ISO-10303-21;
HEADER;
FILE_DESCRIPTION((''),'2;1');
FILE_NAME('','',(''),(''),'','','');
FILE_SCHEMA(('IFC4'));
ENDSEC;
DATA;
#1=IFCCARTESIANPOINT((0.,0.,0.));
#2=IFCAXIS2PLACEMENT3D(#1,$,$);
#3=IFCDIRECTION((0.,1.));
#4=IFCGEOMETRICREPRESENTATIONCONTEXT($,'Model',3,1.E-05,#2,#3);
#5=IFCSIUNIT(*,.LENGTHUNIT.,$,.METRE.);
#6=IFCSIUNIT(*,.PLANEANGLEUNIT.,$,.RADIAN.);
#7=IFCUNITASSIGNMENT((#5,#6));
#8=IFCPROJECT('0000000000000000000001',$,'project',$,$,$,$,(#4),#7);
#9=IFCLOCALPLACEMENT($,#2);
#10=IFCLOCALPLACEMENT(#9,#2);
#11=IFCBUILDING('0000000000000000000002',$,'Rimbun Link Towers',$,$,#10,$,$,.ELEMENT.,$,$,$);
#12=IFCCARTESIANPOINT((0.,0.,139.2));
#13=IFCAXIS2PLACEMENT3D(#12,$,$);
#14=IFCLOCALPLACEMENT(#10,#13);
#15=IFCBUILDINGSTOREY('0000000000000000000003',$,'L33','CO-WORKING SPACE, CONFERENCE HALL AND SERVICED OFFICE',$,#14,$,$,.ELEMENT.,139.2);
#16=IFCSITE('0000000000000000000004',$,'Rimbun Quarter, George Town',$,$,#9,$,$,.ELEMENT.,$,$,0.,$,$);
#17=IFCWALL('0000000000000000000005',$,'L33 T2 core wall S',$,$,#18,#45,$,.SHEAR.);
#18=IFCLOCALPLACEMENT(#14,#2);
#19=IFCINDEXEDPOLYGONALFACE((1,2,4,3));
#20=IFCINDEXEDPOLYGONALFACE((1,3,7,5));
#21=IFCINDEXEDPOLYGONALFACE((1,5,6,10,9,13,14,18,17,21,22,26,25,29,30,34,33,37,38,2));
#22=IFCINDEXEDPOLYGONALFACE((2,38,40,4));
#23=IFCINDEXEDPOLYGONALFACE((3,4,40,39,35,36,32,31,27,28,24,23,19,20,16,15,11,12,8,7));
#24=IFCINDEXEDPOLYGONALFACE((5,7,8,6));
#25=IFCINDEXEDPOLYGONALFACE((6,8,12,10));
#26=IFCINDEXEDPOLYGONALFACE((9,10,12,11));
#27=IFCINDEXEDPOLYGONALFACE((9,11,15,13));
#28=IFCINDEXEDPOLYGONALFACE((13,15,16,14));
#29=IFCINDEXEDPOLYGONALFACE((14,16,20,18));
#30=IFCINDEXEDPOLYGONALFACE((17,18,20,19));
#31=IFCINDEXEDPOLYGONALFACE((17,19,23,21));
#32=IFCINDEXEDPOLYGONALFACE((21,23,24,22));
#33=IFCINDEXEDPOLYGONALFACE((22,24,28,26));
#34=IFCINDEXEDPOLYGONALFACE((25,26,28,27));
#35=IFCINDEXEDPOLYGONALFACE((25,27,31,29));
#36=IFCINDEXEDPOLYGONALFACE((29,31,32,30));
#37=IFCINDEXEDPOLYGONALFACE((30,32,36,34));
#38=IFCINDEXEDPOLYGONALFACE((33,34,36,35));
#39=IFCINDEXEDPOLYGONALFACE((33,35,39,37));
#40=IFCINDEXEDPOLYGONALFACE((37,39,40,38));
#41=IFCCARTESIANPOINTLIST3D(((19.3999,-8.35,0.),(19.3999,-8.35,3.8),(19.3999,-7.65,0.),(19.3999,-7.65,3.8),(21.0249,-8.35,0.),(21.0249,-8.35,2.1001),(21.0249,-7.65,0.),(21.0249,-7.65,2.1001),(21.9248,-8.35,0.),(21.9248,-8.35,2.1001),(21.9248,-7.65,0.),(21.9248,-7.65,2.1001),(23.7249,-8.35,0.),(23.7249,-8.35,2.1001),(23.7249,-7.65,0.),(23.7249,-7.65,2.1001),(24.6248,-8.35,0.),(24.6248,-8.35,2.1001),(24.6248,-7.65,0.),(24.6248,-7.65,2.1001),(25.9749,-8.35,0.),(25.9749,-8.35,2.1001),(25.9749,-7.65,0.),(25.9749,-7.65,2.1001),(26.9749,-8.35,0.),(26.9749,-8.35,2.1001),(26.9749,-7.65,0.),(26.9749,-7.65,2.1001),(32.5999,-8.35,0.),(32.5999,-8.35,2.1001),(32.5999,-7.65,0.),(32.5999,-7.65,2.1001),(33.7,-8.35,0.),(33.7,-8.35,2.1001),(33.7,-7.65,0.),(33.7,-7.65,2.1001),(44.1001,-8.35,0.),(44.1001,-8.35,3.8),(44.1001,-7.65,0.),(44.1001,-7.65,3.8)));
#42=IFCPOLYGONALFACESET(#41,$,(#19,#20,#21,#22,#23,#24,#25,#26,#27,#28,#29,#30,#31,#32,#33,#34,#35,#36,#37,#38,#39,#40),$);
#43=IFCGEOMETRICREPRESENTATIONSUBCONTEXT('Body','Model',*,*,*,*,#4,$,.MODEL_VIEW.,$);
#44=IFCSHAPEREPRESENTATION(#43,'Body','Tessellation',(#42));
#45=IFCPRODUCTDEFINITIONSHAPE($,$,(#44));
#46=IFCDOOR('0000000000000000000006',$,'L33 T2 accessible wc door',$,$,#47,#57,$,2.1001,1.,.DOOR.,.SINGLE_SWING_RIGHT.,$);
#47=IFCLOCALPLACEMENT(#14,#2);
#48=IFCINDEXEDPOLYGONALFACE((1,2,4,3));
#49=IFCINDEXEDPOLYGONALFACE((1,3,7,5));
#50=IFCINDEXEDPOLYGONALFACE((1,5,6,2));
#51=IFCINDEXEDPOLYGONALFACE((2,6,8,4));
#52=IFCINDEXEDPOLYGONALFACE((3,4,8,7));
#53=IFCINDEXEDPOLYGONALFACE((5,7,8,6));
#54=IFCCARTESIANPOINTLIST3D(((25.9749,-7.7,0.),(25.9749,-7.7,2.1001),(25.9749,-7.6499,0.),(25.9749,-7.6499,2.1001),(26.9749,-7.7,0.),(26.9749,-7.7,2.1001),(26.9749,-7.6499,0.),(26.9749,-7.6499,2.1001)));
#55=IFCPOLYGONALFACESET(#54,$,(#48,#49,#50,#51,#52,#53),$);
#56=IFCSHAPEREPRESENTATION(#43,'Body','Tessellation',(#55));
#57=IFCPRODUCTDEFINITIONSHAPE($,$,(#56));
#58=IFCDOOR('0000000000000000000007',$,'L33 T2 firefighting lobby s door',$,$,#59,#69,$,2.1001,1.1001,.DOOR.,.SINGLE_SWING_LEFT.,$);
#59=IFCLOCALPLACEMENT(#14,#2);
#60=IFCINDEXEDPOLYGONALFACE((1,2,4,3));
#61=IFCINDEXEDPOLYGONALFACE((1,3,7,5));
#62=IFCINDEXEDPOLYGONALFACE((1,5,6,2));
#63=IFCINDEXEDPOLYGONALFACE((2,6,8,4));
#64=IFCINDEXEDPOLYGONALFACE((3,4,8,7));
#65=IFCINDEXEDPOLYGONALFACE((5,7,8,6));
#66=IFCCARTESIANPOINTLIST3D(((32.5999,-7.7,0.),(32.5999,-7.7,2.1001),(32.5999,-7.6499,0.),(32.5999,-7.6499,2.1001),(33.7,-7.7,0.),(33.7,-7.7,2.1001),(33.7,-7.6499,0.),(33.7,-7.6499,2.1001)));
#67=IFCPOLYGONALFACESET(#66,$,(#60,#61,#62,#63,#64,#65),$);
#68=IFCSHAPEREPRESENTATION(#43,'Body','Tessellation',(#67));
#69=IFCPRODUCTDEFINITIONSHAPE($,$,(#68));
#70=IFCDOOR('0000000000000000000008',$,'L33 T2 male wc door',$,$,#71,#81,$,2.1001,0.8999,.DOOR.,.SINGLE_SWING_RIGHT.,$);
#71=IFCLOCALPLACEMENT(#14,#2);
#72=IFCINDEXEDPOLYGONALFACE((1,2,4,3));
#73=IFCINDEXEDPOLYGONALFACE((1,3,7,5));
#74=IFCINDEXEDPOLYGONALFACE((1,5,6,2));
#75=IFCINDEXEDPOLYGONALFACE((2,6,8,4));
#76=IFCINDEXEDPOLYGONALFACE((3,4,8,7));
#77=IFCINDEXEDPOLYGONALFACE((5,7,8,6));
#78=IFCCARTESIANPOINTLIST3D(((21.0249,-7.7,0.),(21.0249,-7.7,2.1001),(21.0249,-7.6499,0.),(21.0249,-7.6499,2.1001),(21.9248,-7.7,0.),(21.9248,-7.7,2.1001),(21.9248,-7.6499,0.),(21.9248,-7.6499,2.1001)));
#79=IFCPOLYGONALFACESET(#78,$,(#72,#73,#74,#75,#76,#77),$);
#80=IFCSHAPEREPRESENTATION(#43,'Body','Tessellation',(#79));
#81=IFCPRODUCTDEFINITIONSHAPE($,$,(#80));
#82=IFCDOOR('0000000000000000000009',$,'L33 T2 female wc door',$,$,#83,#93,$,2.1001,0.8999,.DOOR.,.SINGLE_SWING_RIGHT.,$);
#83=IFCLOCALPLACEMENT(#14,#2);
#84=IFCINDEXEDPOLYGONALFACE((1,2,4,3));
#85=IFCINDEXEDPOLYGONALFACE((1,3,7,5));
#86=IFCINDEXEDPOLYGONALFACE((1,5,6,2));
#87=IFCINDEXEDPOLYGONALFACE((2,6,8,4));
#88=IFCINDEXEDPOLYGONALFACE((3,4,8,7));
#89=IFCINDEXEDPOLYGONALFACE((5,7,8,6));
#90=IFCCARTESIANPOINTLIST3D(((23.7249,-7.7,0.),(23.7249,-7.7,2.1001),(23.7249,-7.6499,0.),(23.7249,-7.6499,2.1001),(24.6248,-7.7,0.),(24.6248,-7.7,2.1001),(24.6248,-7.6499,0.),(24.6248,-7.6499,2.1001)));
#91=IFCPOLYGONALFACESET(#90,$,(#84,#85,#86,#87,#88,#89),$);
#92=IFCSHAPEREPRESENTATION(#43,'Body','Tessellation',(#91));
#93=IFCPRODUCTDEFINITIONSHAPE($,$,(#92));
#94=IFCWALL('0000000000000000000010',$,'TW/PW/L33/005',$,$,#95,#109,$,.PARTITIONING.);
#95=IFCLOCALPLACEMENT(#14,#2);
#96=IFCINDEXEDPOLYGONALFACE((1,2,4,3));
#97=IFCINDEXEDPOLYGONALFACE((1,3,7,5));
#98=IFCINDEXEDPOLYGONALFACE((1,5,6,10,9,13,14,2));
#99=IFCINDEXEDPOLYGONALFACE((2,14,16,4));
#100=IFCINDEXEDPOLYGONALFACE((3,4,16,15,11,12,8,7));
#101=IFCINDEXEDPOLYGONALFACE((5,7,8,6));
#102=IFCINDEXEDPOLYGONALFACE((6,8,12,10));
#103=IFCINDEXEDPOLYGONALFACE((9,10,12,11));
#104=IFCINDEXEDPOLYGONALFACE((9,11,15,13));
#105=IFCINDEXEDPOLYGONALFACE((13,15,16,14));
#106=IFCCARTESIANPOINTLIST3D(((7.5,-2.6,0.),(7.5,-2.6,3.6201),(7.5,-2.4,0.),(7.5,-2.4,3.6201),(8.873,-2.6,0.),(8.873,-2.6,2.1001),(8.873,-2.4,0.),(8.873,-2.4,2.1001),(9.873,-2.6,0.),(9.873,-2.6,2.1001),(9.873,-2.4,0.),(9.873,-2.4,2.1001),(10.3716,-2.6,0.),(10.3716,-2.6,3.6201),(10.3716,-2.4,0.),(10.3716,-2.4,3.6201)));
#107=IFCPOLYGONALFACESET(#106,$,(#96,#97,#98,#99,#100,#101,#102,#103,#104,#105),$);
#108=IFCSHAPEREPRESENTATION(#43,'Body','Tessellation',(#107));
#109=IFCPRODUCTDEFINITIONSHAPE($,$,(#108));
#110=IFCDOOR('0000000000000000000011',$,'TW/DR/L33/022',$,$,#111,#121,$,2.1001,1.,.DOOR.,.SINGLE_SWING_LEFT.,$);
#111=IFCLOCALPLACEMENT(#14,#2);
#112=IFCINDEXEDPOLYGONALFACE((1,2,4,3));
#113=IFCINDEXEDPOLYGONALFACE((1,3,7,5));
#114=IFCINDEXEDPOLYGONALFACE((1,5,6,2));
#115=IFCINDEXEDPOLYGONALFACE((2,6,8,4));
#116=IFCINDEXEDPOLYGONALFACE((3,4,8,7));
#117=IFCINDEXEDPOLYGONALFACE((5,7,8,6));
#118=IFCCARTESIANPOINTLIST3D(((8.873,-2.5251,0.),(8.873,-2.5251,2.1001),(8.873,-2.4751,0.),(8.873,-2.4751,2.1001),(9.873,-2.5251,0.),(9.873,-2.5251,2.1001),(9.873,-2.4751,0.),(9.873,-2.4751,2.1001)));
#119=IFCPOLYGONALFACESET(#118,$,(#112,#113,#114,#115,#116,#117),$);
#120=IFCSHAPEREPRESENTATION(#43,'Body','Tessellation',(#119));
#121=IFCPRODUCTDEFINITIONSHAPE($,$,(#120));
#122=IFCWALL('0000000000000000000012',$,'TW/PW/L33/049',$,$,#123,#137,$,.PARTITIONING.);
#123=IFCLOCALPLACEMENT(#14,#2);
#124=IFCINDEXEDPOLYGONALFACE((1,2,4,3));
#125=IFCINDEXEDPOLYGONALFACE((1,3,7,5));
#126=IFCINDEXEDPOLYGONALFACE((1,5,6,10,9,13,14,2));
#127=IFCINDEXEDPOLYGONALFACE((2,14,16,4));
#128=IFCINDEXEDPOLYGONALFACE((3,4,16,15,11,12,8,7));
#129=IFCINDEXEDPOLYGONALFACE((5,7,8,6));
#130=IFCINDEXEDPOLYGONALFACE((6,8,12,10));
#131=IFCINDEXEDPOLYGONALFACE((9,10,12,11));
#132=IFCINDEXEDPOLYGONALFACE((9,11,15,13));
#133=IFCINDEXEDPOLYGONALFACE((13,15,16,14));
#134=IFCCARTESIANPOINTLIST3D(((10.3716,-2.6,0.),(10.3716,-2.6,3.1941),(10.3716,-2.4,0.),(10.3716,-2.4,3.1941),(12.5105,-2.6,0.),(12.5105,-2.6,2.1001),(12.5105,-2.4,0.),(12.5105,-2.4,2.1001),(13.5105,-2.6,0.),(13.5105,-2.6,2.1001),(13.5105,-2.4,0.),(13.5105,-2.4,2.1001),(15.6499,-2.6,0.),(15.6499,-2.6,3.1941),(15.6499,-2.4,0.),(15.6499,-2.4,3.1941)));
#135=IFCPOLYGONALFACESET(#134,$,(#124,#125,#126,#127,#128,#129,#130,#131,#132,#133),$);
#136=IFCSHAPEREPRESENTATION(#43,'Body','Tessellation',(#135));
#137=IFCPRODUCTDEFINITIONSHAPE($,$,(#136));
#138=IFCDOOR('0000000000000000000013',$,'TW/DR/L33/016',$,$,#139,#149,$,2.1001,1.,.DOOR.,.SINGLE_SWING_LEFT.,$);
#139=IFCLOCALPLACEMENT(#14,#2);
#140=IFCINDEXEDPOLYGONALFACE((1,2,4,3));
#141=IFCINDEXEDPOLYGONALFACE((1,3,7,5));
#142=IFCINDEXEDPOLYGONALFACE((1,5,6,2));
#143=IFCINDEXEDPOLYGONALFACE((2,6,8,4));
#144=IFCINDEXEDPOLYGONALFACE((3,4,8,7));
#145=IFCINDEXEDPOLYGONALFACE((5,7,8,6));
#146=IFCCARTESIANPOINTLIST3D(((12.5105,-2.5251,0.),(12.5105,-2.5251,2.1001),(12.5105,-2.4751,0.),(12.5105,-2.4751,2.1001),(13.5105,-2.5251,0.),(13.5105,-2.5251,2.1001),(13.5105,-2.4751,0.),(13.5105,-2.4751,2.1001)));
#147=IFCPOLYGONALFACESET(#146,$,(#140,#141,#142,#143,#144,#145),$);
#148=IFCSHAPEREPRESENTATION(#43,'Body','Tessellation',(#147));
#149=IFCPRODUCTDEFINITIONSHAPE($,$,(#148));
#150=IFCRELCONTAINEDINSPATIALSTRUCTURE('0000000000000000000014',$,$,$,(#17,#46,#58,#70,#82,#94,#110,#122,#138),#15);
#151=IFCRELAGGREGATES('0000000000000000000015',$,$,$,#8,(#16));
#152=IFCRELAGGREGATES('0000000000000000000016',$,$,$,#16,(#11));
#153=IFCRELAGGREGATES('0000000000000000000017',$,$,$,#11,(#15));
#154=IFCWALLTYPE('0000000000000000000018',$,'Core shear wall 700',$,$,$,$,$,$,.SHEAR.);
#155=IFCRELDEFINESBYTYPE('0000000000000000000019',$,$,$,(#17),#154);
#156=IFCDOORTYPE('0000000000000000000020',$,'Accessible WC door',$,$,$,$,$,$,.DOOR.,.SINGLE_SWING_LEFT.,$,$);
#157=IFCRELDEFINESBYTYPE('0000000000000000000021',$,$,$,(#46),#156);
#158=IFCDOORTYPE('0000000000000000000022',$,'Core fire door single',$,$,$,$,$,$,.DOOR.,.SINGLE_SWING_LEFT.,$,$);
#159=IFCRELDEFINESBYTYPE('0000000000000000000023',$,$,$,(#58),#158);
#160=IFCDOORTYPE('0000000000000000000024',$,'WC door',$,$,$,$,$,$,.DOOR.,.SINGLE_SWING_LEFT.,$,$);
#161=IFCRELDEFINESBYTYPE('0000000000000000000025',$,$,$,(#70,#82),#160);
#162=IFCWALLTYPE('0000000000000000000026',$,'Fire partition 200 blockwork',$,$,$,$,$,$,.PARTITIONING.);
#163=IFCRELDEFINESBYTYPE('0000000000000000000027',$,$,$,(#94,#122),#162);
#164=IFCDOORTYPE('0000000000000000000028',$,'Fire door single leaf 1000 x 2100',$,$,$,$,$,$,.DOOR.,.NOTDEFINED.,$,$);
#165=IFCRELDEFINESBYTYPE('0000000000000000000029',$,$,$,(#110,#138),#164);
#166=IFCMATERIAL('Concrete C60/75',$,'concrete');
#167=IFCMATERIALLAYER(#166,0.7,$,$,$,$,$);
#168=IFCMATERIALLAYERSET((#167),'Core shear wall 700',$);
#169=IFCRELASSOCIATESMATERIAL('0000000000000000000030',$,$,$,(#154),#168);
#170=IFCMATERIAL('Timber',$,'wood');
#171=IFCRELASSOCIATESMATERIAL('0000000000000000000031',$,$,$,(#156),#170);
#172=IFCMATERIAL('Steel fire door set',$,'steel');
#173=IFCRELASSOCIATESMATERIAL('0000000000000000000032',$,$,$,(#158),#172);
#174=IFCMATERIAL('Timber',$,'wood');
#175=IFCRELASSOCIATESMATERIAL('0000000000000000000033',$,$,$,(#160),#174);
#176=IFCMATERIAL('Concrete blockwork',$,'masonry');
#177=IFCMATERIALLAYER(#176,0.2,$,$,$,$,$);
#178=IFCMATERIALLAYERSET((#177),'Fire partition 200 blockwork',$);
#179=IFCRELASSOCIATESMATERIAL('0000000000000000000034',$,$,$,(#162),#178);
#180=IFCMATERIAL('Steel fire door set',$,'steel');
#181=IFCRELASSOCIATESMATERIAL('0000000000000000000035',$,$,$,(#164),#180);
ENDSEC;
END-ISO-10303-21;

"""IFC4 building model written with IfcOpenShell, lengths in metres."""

from ifc_helpers import new_model, si_unit, direction, frame, frame_2d, origin, place, context, subcontext, project, spatial, rectangle, extrude, material, layer, layer_set, type_object, element, fill, save


model = new_model("IFC4")

# Units and contexts
model_context = context("Model", 3, precision=1e-05, world=origin(), true_north=direction((0.0, 1.0)))
body_context = subcontext(model_context, "Body", "Model", "MODEL_VIEW")
ifc_project = project(units=[si_unit("LENGTHUNIT", "METRE"), si_unit("PLANEANGLEUNIT", "RADIAN")], contexts=[model_context])

# Site, building, storey
site_placement = place(None, origin())
site = spatial("IfcSite", under=ifc_project, at=site_placement, Name="Rimbun Quarter, George Town", CompositionType="ELEMENT", RefElevation=0.0)
building_placement = place(site_placement, origin())
building = spatial("IfcBuilding", under=site, at=building_placement, Name="Rimbun Link Towers", CompositionType="ELEMENT")
storey_placement = place(building_placement, frame((0.0, 0.0, 139.2)))
storey = spatial("IfcBuildingStorey", under=building, at=storey_placement, Name="L33", Description="CO-WORKING SPACE, CONFERENCE HALL AND SERVICED OFFICE", CompositionType="ELEMENT", Elevation=139.2)

# Wall, openings, doors
ifc_material_1 = material(Name="Concrete C60/75", Category="concrete")
ifc_layer_1 = layer(ifc_material_1, 0.7)
ifc_layer_set_1 = layer_set([ifc_layer_1], Name="Core shear wall 700")
wall_type_1 = type_object("IfcWallType", Name="Core shear wall 700", PredefinedType="SHEAR", material=ifc_layer_set_1)
wall_1_placement = place(storey_placement, frame((19.3999, -8.0, 0.0), z_axis=(0.0, 0.0, 1.0), x_axis=(1.0, 0.0, 0.0)))
wall_1 = element("IfcWall", 1, at=wall_1_placement, inside=storey, type_object=wall_type_1, Name="L33 T2 core wall S", PredefinedType="SHEAR", context=body_context, shape_type="SweptSolid", body=[
    extrude(rectangle(XDim=24.7002, YDim=0.7, at=frame_2d((12.3501, 0.0))), origin(), (0.0, 0.0, 1.0), 3.8),
])
opening_1_placement = place(wall_1_placement, frame((13.2, 0.0, 0.0)))
opening_1 = element("IfcOpeningElement", 2, at=opening_1_placement, cuts=wall_1, PredefinedType="OPENING", context=body_context, shape_type="SweptSolid", body=[
    extrude(rectangle(XDim=1.1001, YDim=2.1001, at=frame_2d((0.55, 1.05))), frame((0.0, 0.3599, 0.0), z_axis=(0.0, -1.0, 0.0), x_axis=(1.0, 0.0, 0.0)), (0.0, 0.0, 1.0), 0.72),
])
opening_2_placement = place(wall_1_placement, frame((1.625, 0.0, 0.0)))
opening_2 = element("IfcOpeningElement", 3, at=opening_2_placement, cuts=wall_1, PredefinedType="OPENING", context=body_context, shape_type="SweptSolid", body=[
    extrude(rectangle(XDim=0.8999, YDim=2.1001, at=frame_2d((0.45, 1.05))), frame((0.0, 0.3599, 0.0), z_axis=(0.0, -1.0, 0.0), x_axis=(1.0, 0.0, 0.0)), (0.0, 0.0, 1.0), 0.72),
])
opening_3_placement = place(wall_1_placement, frame((4.325, 0.0, 0.0)))
opening_3 = element("IfcOpeningElement", 4, at=opening_3_placement, cuts=wall_1, PredefinedType="OPENING", context=body_context, shape_type="SweptSolid", body=[
    extrude(rectangle(XDim=0.8999, YDim=2.1001, at=frame_2d((0.45, 1.05))), frame((0.0, 0.3599, 0.0), z_axis=(0.0, -1.0, 0.0), x_axis=(1.0, 0.0, 0.0)), (0.0, 0.0, 1.0), 0.72),
])
opening_4_placement = place(wall_1_placement, frame((6.575, 0.0, 0.0)))
opening_4 = element("IfcOpeningElement", 5, at=opening_4_placement, cuts=wall_1, PredefinedType="OPENING", context=body_context, shape_type="SweptSolid", body=[
    extrude(rectangle(XDim=1.0, YDim=2.1001, at=frame_2d((0.5, 1.05))), frame((0.0, 0.3599, 0.0), z_axis=(0.0, -1.0, 0.0), x_axis=(1.0, 0.0, 0.0)), (0.0, 0.0, 1.0), 0.72),
])
ifc_material_2 = material(Name="Timber", Category="wood")
door_type_1 = type_object("IfcDoorType", Name="Accessible WC door", OperationType="SINGLE_SWING_LEFT", PredefinedType="DOOR", material=ifc_material_2)
door_1_placement = place(opening_4_placement, origin())
door_1 = element("IfcDoor", 6, at=door_1_placement, inside=storey, type_object=door_type_1, Name="L33 T2 accessible wc door", OperationType="SINGLE_SWING_RIGHT", OverallHeight=2.1001, OverallWidth=1.0, PredefinedType="DOOR", context=body_context, shape_type="SweptSolid", body=[
    extrude(rectangle(XDim=1.0, YDim=2.1001, at=frame_2d((0.5, 1.05))), frame((0.0, 0.3501, 0.0), z_axis=(0.0, -1.0, 0.0), x_axis=(1.0, 0.0, 0.0)), (0.0, 0.0, 1.0), 0.05),
])
fill(opening_4, door_1)
ifc_material_3 = material(Name="Steel fire door set", Category="steel")
door_type_2 = type_object("IfcDoorType", Name="Core fire door single", OperationType="SINGLE_SWING_LEFT", PredefinedType="DOOR", material=ifc_material_3)
door_2_placement = place(opening_1_placement, origin())
door_2 = element("IfcDoor", 7, at=door_2_placement, inside=storey, type_object=door_type_2, Name="L33 T2 firefighting lobby s door", OperationType="SINGLE_SWING_LEFT", OverallHeight=2.1001, OverallWidth=1.1001, PredefinedType="DOOR", context=body_context, shape_type="SweptSolid", body=[
    extrude(rectangle(XDim=1.1001, YDim=2.1001, at=frame_2d((0.55, 1.05))), frame((0.0, 0.3501, 0.0), z_axis=(0.0, -1.0, 0.0), x_axis=(1.0, 0.0, 0.0)), (0.0, 0.0, 1.0), 0.05),
])
fill(opening_1, door_2)
ifc_material_4 = material(Name="Timber", Category="wood")
door_type_3 = type_object("IfcDoorType", Name="WC door", OperationType="SINGLE_SWING_LEFT", PredefinedType="DOOR", material=ifc_material_4)
door_3_placement = place(opening_2_placement, origin())
door_3 = element("IfcDoor", 8, at=door_3_placement, inside=storey, type_object=door_type_3, Name="L33 T2 male wc door", OperationType="SINGLE_SWING_RIGHT", OverallHeight=2.1001, OverallWidth=0.8999, PredefinedType="DOOR", context=body_context, shape_type="SweptSolid", body=[
    extrude(rectangle(XDim=0.8999, YDim=2.1001, at=frame_2d((0.45, 1.05))), frame((0.0, 0.3501, 0.0), z_axis=(0.0, -1.0, 0.0), x_axis=(1.0, 0.0, 0.0)), (0.0, 0.0, 1.0), 0.05),
])
fill(opening_2, door_3)
door_4_placement = place(opening_3_placement, origin())
door_4 = element("IfcDoor", 9, at=door_4_placement, inside=storey, type_object=door_type_3, Name="L33 T2 female wc door", OperationType="SINGLE_SWING_RIGHT", OverallHeight=2.1001, OverallWidth=0.8999, PredefinedType="DOOR", context=body_context, shape_type="SweptSolid", body=[
    extrude(rectangle(XDim=0.8999, YDim=2.1001, at=frame_2d((0.45, 1.05))), frame((0.0, 0.3501, 0.0), z_axis=(0.0, -1.0, 0.0), x_axis=(1.0, 0.0, 0.0)), (0.0, 0.0, 1.0), 0.05),
])
fill(opening_3, door_4)

# Walls, openings, doors
ifc_material_5 = material(Name="Concrete blockwork", Category="masonry")
ifc_layer_2 = layer(ifc_material_5, 0.2)
ifc_layer_set_2 = layer_set([ifc_layer_2], Name="Fire partition 200 blockwork")
wall_type_2 = type_object("IfcWallType", Name="Fire partition 200 blockwork", PredefinedType="PARTITIONING", material=ifc_layer_set_2)
wall_2_placement = place(storey_placement, frame((7.5, -2.5, 0.0), z_axis=(0.0, 0.0, 1.0), x_axis=(1.0, 0.0, 0.0)))
wall_2 = element("IfcWall", 10, at=wall_2_placement, inside=storey, type_object=wall_type_2, Name="TW/PW/L33/005", PredefinedType="PARTITIONING", context=body_context, shape_type="SweptSolid", body=[
    extrude(rectangle(XDim=2.8716, YDim=0.2, at=frame_2d((1.4358, 0.0))), origin(), (0.0, 0.0, 1.0), 3.6201),
])
opening_5_placement = place(wall_2_placement, frame((1.373, 0.0, 0.0)))
opening_5 = element("IfcOpeningElement", 11, at=opening_5_placement, cuts=wall_2, PredefinedType="OPENING", context=body_context, shape_type="SweptSolid", body=[
    extrude(rectangle(XDim=1.0, YDim=2.1001, at=frame_2d((0.5, 1.05))), frame((0.0, 0.1099, 0.0), z_axis=(0.0, -1.0, 0.0), x_axis=(1.0, 0.0, 0.0)), (0.0, 0.0, 1.0), 0.22),
])
ifc_material_6 = material(Name="Steel fire door set", Category="steel")
door_type_4 = type_object("IfcDoorType", Name="Fire door single leaf 1000 x 2100", OperationType="NOTDEFINED", PredefinedType="DOOR", material=ifc_material_6)
door_5_placement = place(opening_5_placement, origin())
door_5 = element("IfcDoor", 12, at=door_5_placement, inside=storey, type_object=door_type_4, Name="TW/DR/L33/022", OperationType="SINGLE_SWING_LEFT", OverallHeight=2.1001, OverallWidth=1.0, PredefinedType="DOOR", context=body_context, shape_type="SweptSolid", body=[
    extrude(rectangle(XDim=1.0, YDim=2.1001, at=frame_2d((0.5, 1.05))), frame((0.0, 0.0249, 0.0), z_axis=(0.0, -1.0, 0.0), x_axis=(1.0, 0.0, 0.0)), (0.0, 0.0, 1.0), 0.05),
])
fill(opening_5, door_5)
wall_3_placement = place(storey_placement, frame((10.3716, -2.5, 0.0), z_axis=(0.0, 0.0, 1.0), x_axis=(1.0, 0.0, 0.0)))
wall_3 = element("IfcWall", 13, at=wall_3_placement, inside=storey, type_object=wall_type_2, Name="TW/PW/L33/049", PredefinedType="PARTITIONING", context=body_context, shape_type="SweptSolid", body=[
    extrude(rectangle(XDim=5.2783, YDim=0.2, at=frame_2d((2.6392, 0.0))), origin(), (0.0, 0.0, 1.0), 3.1941),
])
opening_6_placement = place(wall_3_placement, frame((2.1389, 0.0, 0.0)))
opening_6 = element("IfcOpeningElement", 14, at=opening_6_placement, cuts=wall_3, PredefinedType="OPENING", context=body_context, shape_type="SweptSolid", body=[
    extrude(rectangle(XDim=1.0, YDim=2.1001, at=frame_2d((0.5, 1.05))), frame((0.0, 0.1099, 0.0), z_axis=(0.0, -1.0, 0.0), x_axis=(1.0, 0.0, 0.0)), (0.0, 0.0, 1.0), 0.22),
])
door_6_placement = place(opening_6_placement, origin())
door_6 = element("IfcDoor", 15, at=door_6_placement, inside=storey, type_object=door_type_4, Name="TW/DR/L33/016", OperationType="SINGLE_SWING_LEFT", OverallHeight=2.1001, OverallWidth=1.0, PredefinedType="DOOR", context=body_context, shape_type="SweptSolid", body=[
    extrude(rectangle(XDim=1.0, YDim=2.1001, at=frame_2d((0.5, 1.05))), frame((0.0, 0.0249, 0.0), z_axis=(0.0, -1.0, 0.0), x_axis=(1.0, 0.0, 0.0)), (0.0, 0.0, 1.0), 0.05),
])
fill(opening_6, door_6)

save(model, "model.ifc")
